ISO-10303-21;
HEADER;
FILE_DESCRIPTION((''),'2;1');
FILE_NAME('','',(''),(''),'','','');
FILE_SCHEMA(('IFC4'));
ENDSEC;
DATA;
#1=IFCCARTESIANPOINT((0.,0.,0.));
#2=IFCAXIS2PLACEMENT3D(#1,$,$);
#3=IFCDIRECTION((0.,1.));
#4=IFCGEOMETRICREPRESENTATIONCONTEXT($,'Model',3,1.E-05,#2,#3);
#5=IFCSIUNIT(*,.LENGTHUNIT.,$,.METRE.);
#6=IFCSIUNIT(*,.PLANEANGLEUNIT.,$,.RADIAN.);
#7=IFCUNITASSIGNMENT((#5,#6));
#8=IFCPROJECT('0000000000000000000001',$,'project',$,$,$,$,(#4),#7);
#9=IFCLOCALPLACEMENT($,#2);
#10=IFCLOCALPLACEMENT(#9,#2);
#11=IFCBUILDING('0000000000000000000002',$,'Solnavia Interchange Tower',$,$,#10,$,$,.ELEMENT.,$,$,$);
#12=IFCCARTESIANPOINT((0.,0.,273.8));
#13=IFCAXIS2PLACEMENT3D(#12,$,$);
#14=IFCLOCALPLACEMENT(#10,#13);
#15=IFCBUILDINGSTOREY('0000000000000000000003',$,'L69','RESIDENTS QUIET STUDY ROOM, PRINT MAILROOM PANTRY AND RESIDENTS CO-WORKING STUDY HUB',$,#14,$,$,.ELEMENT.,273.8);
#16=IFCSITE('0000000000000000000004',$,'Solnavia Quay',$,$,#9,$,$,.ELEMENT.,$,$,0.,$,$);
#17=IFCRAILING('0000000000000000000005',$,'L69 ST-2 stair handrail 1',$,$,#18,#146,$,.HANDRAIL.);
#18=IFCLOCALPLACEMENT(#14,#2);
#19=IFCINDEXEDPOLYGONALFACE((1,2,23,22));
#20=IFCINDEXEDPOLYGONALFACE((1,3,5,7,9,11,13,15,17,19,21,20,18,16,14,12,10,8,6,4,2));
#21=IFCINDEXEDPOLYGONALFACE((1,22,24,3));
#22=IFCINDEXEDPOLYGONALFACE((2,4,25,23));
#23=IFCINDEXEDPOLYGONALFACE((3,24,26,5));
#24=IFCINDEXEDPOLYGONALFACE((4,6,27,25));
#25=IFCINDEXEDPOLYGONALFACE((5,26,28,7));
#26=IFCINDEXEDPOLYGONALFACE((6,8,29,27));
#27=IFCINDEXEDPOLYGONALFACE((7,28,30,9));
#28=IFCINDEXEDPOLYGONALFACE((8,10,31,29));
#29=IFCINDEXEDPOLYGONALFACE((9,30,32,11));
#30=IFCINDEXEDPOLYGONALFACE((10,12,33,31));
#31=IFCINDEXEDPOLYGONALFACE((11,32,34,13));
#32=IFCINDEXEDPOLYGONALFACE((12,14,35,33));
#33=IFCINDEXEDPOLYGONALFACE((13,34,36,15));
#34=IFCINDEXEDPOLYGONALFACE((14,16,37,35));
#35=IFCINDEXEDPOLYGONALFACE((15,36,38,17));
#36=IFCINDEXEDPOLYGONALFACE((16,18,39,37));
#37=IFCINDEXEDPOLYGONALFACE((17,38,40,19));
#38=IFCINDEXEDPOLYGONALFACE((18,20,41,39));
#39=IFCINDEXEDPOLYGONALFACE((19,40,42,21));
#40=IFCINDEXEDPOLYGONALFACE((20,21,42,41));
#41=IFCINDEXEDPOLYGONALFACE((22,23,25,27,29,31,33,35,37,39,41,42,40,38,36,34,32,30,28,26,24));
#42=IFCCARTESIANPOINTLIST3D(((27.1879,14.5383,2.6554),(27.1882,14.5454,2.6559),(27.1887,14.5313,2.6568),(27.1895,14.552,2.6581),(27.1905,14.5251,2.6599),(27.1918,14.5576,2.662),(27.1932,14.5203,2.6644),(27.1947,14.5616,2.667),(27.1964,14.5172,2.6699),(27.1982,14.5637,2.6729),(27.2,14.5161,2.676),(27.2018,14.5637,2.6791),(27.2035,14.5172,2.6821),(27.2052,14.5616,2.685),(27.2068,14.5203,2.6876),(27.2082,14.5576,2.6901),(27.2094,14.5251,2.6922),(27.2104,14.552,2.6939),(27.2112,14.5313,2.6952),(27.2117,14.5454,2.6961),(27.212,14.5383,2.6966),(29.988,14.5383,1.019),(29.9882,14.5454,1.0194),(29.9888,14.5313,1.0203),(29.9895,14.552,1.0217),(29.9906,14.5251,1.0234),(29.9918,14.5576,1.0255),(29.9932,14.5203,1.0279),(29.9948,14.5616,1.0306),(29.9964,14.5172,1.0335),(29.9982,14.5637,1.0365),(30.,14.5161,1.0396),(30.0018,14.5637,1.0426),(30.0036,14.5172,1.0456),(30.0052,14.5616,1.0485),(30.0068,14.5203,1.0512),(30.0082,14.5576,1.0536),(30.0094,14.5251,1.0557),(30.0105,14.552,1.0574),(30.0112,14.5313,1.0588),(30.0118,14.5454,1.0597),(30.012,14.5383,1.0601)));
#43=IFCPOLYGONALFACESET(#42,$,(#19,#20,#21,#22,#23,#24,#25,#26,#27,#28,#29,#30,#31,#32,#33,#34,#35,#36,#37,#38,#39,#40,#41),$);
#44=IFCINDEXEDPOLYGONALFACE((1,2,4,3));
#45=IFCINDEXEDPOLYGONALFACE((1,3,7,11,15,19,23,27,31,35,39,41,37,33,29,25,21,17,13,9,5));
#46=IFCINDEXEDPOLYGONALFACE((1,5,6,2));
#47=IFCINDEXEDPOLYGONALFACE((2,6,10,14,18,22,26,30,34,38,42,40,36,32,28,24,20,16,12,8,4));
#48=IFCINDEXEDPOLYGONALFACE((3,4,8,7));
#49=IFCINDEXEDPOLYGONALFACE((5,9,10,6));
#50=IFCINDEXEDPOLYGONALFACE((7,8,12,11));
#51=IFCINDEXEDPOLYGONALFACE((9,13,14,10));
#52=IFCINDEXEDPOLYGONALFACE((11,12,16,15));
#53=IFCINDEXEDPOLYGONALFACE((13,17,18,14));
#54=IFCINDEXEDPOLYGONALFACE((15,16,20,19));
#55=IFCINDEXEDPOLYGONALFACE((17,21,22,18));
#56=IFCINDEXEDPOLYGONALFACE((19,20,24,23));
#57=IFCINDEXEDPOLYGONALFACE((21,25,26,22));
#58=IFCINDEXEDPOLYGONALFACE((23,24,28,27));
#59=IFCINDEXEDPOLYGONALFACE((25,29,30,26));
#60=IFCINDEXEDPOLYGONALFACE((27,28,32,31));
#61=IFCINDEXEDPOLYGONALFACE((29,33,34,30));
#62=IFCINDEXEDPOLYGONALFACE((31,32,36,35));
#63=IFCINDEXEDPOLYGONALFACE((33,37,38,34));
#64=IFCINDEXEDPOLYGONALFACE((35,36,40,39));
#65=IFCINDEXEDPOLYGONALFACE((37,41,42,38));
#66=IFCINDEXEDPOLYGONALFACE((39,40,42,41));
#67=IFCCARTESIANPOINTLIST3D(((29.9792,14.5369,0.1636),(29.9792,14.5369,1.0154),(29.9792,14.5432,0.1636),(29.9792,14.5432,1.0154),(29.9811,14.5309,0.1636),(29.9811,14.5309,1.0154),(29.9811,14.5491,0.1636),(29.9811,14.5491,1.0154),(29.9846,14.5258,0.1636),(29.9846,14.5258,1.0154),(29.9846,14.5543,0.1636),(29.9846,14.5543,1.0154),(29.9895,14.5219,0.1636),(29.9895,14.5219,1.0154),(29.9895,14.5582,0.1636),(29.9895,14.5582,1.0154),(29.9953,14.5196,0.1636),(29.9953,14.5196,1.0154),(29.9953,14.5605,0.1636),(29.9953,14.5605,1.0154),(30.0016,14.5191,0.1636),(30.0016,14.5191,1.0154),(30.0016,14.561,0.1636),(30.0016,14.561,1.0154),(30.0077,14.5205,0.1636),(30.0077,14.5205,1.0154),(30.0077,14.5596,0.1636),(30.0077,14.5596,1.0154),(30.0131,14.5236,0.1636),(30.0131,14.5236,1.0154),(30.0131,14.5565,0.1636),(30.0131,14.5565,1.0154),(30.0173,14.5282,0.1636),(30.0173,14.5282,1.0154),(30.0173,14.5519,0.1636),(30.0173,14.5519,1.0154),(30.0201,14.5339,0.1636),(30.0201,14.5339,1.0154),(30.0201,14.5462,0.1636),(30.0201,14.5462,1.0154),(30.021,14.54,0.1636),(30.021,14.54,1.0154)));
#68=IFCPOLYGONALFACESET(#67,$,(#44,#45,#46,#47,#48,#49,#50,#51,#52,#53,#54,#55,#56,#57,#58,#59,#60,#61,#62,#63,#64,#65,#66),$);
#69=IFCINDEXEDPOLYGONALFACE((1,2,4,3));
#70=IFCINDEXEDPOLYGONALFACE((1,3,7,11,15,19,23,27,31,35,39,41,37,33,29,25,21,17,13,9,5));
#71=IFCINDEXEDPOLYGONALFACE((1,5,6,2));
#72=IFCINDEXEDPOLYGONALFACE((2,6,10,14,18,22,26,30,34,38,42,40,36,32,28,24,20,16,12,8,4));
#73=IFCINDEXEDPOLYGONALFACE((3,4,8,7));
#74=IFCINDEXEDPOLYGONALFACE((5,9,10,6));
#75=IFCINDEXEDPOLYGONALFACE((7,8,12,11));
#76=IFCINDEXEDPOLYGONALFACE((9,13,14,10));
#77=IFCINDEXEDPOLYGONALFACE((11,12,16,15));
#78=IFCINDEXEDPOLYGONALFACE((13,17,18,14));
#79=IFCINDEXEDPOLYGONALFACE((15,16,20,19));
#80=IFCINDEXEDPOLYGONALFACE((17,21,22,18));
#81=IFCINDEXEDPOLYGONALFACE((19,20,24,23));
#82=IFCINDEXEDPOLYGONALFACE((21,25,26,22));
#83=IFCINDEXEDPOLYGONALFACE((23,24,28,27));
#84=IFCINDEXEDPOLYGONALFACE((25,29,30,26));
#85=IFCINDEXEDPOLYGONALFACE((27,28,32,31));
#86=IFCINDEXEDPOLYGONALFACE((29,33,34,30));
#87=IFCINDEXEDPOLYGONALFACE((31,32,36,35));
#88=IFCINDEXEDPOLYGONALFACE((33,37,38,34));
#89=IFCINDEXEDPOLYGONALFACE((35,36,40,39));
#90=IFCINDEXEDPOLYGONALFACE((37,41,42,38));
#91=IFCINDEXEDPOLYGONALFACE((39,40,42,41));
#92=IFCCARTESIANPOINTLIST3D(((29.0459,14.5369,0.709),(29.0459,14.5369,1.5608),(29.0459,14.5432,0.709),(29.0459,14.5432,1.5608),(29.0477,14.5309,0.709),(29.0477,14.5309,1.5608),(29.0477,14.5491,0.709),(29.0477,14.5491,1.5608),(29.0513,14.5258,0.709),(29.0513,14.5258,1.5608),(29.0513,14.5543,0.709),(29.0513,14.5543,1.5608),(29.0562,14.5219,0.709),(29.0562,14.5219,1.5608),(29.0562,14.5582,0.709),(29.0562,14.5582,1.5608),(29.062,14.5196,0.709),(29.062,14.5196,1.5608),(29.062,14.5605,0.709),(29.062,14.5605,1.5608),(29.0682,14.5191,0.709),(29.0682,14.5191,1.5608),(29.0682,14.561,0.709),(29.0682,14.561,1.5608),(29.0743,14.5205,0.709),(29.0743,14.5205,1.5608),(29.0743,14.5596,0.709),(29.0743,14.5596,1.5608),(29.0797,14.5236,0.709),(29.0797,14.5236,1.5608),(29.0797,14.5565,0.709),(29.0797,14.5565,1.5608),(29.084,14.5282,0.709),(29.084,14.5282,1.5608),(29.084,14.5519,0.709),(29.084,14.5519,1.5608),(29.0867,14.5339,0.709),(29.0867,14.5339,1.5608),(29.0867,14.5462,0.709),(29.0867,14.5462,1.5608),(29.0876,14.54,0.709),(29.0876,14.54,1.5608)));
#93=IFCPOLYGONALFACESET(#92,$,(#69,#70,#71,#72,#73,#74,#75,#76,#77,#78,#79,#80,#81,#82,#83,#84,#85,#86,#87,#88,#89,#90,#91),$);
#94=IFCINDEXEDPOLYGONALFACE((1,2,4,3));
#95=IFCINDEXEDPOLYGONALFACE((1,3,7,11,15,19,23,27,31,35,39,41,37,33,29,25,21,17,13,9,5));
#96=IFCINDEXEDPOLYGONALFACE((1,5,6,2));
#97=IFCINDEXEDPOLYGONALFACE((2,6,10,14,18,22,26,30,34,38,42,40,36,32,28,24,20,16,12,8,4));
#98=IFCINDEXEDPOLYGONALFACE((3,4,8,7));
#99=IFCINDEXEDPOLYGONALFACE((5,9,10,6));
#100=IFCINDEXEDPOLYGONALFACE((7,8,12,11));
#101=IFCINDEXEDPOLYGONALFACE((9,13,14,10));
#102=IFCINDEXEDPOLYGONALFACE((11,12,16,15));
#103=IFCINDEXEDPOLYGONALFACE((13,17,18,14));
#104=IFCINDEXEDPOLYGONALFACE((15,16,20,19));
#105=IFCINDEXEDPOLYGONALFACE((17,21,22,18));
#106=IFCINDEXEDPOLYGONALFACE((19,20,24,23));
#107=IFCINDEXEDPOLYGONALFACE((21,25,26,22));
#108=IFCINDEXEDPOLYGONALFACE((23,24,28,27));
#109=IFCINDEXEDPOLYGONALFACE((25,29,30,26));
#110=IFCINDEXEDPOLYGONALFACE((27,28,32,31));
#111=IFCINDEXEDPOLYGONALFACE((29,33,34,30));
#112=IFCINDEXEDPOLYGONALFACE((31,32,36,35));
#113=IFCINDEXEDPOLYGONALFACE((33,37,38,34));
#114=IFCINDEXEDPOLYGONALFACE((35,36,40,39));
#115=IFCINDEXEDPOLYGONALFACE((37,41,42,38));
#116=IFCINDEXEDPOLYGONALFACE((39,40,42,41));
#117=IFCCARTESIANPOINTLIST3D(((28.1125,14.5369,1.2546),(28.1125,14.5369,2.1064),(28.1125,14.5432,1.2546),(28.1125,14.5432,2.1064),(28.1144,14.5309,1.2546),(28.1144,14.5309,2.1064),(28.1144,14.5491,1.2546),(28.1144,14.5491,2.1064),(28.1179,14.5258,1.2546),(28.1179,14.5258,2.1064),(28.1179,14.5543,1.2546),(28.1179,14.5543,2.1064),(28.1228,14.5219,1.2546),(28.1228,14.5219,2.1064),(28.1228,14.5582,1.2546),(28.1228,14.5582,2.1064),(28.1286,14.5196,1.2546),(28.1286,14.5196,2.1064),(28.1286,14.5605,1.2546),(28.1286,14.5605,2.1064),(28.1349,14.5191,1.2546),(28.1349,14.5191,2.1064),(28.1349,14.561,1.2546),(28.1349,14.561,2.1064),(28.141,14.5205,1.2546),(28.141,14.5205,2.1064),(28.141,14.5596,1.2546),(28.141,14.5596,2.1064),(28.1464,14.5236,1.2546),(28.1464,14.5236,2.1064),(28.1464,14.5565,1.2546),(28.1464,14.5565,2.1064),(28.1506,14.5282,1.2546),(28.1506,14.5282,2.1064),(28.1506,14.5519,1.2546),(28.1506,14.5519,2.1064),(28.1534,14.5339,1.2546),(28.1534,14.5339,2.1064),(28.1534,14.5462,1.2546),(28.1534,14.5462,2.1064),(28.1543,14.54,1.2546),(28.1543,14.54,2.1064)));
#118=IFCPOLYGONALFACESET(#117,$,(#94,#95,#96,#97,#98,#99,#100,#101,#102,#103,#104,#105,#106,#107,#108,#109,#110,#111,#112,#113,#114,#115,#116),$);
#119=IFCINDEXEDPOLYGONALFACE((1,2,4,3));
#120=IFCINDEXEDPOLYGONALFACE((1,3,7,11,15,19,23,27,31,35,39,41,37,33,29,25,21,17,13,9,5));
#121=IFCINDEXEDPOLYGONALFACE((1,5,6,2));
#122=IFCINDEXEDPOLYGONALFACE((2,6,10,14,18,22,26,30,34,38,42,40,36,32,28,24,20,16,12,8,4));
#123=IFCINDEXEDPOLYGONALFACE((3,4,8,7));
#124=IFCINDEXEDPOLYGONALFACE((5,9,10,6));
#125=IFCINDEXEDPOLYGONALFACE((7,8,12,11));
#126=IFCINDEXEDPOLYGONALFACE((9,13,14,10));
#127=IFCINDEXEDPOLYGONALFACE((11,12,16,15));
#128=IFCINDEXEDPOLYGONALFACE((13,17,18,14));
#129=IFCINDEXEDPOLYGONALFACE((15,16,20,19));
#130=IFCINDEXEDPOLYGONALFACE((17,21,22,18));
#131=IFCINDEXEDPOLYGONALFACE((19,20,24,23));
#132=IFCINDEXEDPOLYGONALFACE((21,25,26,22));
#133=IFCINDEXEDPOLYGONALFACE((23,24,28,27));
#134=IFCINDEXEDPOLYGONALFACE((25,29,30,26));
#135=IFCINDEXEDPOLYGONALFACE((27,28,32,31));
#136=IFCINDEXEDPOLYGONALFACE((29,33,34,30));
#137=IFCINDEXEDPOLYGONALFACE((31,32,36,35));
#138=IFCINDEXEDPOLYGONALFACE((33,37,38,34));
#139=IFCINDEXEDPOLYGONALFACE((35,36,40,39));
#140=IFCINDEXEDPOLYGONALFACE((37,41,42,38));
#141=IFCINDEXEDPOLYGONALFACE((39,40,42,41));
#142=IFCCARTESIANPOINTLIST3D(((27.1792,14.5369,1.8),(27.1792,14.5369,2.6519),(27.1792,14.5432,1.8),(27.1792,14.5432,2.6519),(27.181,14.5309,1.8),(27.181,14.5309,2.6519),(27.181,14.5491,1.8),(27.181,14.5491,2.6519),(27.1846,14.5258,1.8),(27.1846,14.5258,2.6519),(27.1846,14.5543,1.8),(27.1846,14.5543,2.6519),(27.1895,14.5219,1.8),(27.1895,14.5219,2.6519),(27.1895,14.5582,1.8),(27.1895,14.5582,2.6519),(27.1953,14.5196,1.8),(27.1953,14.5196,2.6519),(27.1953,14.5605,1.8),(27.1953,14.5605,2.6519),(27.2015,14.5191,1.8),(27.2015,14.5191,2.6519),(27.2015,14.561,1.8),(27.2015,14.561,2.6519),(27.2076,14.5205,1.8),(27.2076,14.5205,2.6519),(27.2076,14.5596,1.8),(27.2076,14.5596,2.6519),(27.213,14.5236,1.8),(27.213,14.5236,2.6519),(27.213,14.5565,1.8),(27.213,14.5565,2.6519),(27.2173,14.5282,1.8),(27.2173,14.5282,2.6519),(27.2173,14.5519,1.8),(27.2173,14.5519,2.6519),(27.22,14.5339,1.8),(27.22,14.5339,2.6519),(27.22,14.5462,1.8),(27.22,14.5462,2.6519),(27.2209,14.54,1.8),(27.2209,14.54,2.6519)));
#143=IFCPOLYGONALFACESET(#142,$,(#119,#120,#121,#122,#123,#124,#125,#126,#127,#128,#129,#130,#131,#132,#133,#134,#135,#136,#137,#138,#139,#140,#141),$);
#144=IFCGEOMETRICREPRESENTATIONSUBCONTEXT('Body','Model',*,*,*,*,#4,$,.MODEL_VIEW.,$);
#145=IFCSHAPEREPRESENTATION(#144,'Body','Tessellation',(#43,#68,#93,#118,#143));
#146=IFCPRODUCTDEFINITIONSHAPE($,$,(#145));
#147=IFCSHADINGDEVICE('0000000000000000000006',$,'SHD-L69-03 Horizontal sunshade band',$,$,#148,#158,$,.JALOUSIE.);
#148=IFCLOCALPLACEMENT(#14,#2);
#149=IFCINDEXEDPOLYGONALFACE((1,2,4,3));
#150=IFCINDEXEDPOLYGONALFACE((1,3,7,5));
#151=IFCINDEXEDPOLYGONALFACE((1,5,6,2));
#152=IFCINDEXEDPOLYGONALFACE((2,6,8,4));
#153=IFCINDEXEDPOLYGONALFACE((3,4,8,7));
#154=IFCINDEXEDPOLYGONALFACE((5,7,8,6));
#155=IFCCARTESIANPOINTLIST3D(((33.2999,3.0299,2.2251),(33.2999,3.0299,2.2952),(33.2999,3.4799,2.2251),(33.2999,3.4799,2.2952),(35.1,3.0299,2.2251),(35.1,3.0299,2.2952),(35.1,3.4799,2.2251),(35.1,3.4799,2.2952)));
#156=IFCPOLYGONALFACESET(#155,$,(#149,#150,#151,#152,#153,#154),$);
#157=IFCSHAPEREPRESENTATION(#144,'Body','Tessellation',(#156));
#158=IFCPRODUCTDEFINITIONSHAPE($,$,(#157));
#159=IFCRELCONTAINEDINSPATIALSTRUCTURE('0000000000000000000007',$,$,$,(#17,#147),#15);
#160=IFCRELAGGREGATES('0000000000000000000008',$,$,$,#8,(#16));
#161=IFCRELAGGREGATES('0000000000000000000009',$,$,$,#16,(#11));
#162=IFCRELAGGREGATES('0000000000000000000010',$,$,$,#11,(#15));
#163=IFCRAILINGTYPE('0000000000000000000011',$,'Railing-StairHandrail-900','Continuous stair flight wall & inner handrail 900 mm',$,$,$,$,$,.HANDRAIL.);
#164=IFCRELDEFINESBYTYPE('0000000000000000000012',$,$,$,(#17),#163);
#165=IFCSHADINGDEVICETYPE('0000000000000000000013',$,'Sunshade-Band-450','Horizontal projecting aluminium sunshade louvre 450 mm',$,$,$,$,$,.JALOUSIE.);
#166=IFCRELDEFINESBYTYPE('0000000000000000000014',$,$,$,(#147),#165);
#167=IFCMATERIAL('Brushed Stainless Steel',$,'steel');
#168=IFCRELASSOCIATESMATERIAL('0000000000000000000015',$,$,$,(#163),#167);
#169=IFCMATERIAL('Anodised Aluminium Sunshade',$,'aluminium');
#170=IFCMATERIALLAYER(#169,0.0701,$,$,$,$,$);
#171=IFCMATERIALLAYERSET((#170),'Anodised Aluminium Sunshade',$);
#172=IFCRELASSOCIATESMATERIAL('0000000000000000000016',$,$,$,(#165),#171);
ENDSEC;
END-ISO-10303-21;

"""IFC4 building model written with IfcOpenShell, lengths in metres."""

from ifc_helpers import new_model, si_unit, direction, frame, origin, origin_2d, place, context, subcontext, project, spatial, rectangle, circle, extrude, material, layer, layer_set, type_object, element, save


model = new_model("IFC4")

# Units and contexts
model_context = context("Model", 3, precision=1e-05, world=origin(), true_north=direction((0.0, 1.0)))
body_context = subcontext(model_context, "Body", "Model", "MODEL_VIEW")
ifc_project = project(units=[si_unit("LENGTHUNIT", "METRE"), si_unit("PLANEANGLEUNIT", "RADIAN")], contexts=[model_context])

# Site, building, storey
site_placement = place(None, origin())
site = spatial("IfcSite", under=ifc_project, at=site_placement, Name="Solnavia Quay", CompositionType="ELEMENT", RefElevation=0.0)
building_placement = place(site_placement, origin())
building = spatial("IfcBuilding", under=site, at=building_placement, Name="Solnavia Interchange Tower", CompositionType="ELEMENT")
storey_placement = place(building_placement, frame((0.0, 0.0, 273.8)))
storey = spatial("IfcBuildingStorey", under=building, at=storey_placement, Name="L69", Description="RESIDENTS QUIET STUDY ROOM, PRINT MAILROOM PANTRY AND RESIDENTS CO-WORKING STUDY HUB", CompositionType="ELEMENT", Elevation=273.8)

# Railing
ifc_material_1 = material(Name="Brushed Stainless Steel", Category="steel")
railing_type_1 = type_object("IfcRailingType", Name="Railing-StairHandrail-900", Description="Continuous stair flight wall & inner handrail 900 mm", PredefinedType="HANDRAIL", material=ifc_material_1)
railing_1_placement = place(storey_placement, frame((30.0, 14.54, 0.1636)))
element("IfcRailing", 1, at=railing_1_placement, inside=storey, type_object=railing_type_1, Name="L69 ST-2 stair handrail 1", PredefinedType="HANDRAIL", context=body_context, shape_type="SweptSolid", body=[
    extrude(circle(Radius=0.0239, at=origin_2d()), frame((0.0, 0.0, 0.876), z_axis=(-0.863361, 0.0, 0.504587), x_axis=(0.0, -1.0, 0.0)), (0.0, 0.0, 1.0), 3.2432),
    extrude(circle(Radius=0.021, at=origin_2d()), origin(), (0.0, 0.0, 1.0), 0.8518),
    extrude(circle(Radius=0.021, at=origin_2d()), frame((-0.9333, 0.0, 0.5454)), (0.0, 0.0, 1.0), 0.8518),
    extrude(circle(Radius=0.021, at=origin_2d()), frame((-1.8667, 0.0, 1.0911)), (0.0, 0.0, 1.0), 0.8518),
    extrude(circle(Radius=0.021, at=origin_2d()), frame((-2.8, 0.0, 1.6365)), (0.0, 0.0, 1.0), 0.8518),
])

# Shading device
ifc_material_2 = material(Name="Anodised Aluminium Sunshade", Category="aluminium")
ifc_layer_1 = layer(ifc_material_2, 0.0701)
ifc_layer_set_1 = layer_set([ifc_layer_1], Name="Anodised Aluminium Sunshade")
shading_device_type = type_object("IfcShadingDeviceType", Name="Sunshade-Band-450", Description="Horizontal projecting aluminium sunshade louvre 450 mm", PredefinedType="JALOUSIE", material=ifc_layer_set_1)
shading_device_placement = place(storey_placement, frame((34.2, 3.2549, 2.2251), z_axis=(0.0, 0.0, 1.0), x_axis=(-1.0, 0.0, 0.0)))
element("IfcShadingDevice", 2, at=shading_device_placement, inside=storey, type_object=shading_device_type, Name="SHD-L69-03 Horizontal sunshade band", PredefinedType="JALOUSIE", context=body_context, shape_type="SweptSolid", body=[
    extrude(rectangle(XDim=1.8, YDim=0.45, at=origin_2d()), origin(), (0.0, 0.0, 1.0), 0.0701),
])

save(model, "model.ifc")
